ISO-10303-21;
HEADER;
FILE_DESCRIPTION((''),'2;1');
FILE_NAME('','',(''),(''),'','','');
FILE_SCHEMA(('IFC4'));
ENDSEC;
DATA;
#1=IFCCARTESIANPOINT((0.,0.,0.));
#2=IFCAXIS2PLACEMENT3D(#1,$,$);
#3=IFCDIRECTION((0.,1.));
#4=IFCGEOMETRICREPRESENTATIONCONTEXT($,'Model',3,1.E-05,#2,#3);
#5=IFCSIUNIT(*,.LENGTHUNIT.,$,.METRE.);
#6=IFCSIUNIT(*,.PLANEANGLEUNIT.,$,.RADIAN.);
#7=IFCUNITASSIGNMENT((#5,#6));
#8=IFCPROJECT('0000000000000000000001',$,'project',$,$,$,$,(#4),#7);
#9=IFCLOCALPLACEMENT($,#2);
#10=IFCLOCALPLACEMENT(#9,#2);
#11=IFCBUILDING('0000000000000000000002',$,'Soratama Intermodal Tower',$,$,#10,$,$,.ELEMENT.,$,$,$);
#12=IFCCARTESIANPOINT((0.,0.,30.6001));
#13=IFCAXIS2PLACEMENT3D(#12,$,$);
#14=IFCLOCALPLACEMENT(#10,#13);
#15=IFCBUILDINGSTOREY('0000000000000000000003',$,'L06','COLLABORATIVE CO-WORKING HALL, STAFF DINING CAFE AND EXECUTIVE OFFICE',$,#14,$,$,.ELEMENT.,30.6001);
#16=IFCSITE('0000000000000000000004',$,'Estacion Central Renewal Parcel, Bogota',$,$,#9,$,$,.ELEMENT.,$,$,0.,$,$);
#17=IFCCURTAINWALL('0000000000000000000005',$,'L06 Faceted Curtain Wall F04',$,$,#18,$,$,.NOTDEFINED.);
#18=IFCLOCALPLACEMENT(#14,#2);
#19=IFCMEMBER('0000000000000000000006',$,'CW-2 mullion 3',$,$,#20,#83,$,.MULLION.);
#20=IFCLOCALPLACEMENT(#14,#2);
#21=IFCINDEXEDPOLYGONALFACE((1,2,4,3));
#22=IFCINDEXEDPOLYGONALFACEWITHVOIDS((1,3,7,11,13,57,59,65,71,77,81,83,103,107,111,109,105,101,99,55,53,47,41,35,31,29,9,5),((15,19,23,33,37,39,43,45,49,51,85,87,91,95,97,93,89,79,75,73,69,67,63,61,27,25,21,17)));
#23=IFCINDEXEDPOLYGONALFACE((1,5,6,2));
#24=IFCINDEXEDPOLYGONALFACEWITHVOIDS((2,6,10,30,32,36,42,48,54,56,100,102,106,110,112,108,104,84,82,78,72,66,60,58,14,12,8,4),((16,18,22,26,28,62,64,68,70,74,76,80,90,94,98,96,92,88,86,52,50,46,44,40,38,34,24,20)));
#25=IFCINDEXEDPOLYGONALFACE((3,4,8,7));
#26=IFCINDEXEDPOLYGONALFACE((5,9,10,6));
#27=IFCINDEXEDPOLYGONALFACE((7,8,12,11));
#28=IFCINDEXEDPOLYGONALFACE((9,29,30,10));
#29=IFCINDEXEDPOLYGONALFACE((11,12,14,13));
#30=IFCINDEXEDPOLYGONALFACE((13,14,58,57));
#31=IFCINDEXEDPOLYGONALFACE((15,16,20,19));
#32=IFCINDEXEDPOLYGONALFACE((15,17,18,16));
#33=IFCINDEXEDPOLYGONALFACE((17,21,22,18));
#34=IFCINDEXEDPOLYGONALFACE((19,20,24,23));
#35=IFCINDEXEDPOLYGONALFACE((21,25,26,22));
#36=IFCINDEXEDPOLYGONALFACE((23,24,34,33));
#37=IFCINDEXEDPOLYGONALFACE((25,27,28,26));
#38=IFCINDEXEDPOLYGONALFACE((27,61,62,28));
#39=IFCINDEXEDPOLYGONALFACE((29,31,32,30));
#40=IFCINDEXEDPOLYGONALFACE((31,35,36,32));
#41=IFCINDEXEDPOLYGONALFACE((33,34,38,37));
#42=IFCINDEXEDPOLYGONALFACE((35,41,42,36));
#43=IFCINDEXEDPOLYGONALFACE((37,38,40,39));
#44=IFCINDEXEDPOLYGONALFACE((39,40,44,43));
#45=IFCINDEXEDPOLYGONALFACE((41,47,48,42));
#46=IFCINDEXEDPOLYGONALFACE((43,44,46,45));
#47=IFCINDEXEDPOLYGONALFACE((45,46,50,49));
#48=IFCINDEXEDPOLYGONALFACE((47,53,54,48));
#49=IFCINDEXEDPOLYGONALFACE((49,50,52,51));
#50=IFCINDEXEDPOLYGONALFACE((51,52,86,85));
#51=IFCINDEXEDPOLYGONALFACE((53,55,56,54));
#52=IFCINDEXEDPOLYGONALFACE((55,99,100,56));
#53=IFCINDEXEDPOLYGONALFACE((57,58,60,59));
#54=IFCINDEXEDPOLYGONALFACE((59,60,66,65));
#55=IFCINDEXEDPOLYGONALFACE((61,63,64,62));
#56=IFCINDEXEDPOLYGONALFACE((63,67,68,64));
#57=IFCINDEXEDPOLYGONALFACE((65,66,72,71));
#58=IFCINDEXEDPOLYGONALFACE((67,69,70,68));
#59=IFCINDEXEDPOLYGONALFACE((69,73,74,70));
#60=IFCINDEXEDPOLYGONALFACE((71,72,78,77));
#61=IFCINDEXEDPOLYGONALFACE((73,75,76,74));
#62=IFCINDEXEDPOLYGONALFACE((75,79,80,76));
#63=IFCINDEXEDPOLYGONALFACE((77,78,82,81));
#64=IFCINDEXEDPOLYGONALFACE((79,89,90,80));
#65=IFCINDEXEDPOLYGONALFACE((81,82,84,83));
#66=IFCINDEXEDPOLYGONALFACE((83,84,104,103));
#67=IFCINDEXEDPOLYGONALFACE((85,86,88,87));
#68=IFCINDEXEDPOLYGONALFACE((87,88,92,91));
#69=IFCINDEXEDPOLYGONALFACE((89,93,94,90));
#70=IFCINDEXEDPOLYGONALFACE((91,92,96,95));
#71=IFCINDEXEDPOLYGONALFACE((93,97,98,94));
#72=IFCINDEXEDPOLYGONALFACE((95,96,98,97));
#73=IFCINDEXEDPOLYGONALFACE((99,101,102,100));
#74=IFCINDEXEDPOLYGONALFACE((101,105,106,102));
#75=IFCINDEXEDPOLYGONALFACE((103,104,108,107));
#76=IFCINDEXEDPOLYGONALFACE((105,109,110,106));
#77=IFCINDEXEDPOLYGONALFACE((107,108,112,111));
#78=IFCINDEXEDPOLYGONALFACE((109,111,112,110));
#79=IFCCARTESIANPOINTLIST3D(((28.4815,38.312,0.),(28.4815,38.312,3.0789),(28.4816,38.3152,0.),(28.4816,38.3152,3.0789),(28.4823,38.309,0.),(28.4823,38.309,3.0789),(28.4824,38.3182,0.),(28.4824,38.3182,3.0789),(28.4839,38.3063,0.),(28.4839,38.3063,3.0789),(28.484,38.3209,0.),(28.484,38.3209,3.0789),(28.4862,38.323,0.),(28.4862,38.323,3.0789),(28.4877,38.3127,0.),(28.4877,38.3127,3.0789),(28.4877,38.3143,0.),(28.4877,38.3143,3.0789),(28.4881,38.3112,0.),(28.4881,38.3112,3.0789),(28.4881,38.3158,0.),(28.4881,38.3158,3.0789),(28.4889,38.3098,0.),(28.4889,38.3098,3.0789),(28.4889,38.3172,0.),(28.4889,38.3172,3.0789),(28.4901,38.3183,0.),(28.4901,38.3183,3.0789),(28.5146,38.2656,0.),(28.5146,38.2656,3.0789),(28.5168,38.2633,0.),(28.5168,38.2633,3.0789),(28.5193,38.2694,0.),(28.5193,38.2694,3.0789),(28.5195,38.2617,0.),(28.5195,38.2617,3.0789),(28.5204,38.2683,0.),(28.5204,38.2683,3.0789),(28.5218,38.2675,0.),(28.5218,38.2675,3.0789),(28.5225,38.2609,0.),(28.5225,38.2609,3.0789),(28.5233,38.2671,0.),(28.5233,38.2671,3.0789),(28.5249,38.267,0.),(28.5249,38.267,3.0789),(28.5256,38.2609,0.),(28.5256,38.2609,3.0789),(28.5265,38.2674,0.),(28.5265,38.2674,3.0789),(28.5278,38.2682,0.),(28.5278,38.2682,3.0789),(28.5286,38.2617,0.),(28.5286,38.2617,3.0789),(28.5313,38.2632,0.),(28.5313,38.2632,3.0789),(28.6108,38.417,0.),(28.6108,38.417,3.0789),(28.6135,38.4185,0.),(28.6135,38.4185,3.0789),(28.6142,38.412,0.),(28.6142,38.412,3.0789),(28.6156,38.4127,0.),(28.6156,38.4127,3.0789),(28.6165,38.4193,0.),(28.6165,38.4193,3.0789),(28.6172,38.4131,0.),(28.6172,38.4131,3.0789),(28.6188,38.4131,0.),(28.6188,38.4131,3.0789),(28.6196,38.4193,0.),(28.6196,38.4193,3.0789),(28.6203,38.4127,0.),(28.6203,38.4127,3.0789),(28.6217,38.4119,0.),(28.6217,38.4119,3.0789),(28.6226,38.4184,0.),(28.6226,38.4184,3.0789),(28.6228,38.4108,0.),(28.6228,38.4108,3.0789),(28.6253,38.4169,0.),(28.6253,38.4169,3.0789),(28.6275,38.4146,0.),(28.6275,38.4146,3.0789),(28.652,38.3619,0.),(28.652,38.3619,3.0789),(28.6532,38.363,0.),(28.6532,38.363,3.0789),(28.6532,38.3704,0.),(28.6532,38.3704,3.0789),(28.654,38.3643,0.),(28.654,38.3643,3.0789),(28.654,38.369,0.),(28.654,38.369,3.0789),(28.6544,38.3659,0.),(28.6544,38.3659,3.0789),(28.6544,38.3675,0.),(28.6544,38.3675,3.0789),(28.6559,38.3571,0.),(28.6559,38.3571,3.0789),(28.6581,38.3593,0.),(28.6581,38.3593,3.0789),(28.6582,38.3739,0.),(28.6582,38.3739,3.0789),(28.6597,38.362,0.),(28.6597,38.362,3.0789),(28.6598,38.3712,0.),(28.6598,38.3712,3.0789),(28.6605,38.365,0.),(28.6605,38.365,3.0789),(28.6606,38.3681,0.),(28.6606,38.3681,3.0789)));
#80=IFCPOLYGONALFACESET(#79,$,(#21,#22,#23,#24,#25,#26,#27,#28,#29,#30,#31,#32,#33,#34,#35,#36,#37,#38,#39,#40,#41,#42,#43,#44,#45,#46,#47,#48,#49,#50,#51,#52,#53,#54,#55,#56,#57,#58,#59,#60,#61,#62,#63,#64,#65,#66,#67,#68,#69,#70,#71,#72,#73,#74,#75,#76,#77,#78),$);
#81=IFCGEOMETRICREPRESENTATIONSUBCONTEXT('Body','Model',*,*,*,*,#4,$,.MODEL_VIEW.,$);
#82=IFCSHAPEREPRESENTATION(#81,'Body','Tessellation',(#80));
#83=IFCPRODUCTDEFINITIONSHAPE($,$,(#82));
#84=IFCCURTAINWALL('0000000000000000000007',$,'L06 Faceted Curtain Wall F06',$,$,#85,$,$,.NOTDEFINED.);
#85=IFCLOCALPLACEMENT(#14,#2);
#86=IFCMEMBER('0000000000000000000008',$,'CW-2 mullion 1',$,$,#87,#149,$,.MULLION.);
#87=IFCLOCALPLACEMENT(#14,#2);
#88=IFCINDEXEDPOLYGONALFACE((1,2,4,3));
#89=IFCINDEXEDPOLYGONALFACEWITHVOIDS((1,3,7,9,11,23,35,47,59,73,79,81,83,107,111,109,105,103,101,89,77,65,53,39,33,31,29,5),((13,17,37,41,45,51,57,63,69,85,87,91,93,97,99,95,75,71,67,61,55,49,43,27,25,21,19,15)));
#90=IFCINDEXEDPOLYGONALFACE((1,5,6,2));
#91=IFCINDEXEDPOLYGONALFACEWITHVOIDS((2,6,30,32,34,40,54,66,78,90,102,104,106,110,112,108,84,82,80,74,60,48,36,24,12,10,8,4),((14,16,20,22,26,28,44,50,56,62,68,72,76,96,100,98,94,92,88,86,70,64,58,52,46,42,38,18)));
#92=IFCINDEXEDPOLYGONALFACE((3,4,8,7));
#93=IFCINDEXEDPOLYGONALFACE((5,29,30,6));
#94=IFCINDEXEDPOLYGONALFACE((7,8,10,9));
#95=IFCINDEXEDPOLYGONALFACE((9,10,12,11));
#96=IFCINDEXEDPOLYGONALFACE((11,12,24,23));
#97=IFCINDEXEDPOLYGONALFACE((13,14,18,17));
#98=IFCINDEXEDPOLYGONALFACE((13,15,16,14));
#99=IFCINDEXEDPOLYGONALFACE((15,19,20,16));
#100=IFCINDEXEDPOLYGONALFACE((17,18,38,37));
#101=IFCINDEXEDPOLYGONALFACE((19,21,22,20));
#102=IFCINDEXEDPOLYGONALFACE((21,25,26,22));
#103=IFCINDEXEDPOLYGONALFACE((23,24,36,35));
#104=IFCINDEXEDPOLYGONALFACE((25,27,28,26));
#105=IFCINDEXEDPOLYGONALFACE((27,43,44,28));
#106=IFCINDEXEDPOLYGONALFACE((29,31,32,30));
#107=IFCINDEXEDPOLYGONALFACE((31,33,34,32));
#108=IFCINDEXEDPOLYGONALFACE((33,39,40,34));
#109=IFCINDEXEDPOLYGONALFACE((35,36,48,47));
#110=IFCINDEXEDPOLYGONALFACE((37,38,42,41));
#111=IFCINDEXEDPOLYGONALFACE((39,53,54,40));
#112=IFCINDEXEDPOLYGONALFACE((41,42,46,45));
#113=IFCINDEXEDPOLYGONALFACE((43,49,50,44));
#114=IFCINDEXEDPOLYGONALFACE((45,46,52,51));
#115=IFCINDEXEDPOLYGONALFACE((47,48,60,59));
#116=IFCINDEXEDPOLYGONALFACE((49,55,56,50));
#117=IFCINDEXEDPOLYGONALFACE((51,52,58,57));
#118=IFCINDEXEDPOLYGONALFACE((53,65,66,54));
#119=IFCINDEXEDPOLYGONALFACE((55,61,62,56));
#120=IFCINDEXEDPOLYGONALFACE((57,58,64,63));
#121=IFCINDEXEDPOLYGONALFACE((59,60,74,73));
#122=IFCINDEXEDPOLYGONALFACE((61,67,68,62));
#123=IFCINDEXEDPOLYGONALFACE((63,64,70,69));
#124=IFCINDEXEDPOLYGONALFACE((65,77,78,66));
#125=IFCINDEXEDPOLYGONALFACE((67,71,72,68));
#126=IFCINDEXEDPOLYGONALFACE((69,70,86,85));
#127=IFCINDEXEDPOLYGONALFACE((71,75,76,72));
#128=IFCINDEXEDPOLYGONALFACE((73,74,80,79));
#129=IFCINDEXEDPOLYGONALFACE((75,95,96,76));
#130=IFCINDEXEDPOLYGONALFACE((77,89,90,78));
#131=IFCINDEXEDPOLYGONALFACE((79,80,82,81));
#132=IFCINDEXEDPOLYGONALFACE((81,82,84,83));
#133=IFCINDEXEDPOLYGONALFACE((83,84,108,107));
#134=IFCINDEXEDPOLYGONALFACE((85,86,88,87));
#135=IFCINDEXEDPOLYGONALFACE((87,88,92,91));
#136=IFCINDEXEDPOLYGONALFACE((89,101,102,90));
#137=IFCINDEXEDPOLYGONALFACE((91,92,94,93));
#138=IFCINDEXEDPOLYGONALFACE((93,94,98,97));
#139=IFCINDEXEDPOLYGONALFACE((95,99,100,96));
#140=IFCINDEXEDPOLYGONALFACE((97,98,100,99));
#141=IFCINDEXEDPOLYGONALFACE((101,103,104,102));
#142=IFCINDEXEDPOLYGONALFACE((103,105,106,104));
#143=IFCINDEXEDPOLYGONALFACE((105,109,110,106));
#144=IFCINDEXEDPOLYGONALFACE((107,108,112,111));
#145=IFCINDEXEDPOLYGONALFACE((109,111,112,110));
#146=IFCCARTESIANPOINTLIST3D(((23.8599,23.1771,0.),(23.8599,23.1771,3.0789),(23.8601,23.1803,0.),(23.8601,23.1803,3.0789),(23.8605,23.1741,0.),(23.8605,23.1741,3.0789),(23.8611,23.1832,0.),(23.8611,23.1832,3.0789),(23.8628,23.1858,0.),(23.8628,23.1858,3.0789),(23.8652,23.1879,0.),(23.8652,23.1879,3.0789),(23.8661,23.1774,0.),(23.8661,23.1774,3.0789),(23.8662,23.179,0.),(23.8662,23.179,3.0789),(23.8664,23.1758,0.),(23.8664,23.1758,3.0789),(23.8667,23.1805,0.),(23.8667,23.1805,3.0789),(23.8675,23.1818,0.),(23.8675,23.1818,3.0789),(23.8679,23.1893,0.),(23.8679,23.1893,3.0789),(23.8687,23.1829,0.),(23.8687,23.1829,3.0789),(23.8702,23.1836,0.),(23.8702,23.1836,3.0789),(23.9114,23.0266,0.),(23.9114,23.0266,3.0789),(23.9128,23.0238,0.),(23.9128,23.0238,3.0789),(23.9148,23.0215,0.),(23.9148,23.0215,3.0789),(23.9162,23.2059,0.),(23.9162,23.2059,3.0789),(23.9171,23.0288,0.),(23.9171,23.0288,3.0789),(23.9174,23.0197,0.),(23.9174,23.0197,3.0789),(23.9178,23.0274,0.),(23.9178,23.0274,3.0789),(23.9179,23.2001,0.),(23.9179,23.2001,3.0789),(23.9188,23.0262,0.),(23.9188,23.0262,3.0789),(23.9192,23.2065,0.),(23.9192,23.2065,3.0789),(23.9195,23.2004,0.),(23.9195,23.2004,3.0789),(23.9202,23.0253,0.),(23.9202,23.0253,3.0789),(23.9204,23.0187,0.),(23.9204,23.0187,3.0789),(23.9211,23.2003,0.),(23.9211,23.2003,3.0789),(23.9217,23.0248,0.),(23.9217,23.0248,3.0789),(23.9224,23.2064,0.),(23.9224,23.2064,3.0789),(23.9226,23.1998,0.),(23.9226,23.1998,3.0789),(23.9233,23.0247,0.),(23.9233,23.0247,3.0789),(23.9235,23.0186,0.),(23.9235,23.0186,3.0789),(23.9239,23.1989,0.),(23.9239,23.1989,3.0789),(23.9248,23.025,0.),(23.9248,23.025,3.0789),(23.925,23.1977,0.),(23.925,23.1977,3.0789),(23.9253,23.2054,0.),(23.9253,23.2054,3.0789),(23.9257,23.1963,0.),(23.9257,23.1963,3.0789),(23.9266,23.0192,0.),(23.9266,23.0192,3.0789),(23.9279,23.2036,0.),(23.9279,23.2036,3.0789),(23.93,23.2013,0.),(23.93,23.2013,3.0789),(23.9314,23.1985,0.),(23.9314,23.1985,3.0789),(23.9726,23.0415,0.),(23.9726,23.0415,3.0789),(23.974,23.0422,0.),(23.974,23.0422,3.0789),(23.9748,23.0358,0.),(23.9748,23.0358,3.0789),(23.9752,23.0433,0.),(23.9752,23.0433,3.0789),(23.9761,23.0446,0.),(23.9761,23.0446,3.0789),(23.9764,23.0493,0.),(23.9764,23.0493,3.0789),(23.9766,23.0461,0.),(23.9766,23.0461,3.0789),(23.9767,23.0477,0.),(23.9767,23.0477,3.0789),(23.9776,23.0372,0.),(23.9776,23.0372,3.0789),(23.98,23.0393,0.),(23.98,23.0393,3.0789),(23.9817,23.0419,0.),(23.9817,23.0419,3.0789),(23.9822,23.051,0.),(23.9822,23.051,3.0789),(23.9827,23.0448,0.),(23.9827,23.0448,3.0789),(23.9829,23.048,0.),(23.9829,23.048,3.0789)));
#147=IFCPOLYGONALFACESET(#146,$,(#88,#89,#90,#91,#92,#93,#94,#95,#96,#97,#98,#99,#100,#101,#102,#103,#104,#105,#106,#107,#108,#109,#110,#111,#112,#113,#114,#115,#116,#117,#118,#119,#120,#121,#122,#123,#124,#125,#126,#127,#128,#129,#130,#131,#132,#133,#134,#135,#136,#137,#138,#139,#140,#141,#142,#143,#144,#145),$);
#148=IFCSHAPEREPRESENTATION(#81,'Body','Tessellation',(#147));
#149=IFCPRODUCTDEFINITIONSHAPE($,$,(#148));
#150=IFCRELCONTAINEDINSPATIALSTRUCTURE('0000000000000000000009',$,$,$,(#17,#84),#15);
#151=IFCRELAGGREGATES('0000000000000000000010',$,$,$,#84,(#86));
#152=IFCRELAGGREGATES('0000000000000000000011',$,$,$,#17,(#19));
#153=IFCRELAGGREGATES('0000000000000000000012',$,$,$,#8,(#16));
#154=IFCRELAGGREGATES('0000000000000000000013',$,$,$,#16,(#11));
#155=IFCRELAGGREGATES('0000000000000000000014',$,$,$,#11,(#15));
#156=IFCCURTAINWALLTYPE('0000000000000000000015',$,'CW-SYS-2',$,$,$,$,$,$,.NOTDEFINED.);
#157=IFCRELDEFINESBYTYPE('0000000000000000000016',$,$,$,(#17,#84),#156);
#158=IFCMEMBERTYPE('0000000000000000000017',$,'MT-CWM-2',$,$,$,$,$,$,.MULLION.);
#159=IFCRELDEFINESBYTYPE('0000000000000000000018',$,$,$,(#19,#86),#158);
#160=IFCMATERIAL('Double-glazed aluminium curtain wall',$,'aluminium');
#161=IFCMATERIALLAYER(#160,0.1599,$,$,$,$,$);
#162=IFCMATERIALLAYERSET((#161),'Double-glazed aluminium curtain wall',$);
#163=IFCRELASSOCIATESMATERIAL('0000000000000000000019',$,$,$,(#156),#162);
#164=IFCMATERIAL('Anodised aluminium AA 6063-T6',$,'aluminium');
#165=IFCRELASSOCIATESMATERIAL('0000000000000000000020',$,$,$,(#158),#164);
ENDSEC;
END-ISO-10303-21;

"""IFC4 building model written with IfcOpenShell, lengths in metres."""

from ifc_helpers import new_model, si_unit, direction, frame, origin, origin_2d, place, context, subcontext, project, spatial, hollow_rectangle, extrude, material, layer, layer_set, material_profile, profile_set, type_object, element, aggregate, save


model = new_model("IFC4")

# Units and contexts
model_context = context("Model", 3, precision=1e-05, world=origin(), true_north=direction((0.0, 1.0)))
body_context = subcontext(model_context, "Body", "Model", "MODEL_VIEW")
ifc_project = project(units=[si_unit("LENGTHUNIT", "METRE"), si_unit("PLANEANGLEUNIT", "RADIAN")], contexts=[model_context])

# Site, building, storey
site_placement = place(None, origin())
site = spatial("IfcSite", under=ifc_project, at=site_placement, Name="Estacion Central Renewal Parcel, Bogota", CompositionType="ELEMENT", RefElevation=0.0)
building_placement = place(site_placement, origin())
building = spatial("IfcBuilding", under=site, at=building_placement, Name="Soratama Intermodal Tower", CompositionType="ELEMENT")
storey_placement = place(building_placement, frame((0.0, 0.0, 30.6001)))
storey = spatial("IfcBuildingStorey", under=building, at=storey_placement, Name="L06", Description="COLLABORATIVE CO-WORKING HALL, STAFF DINING CAFE AND EXECUTIVE OFFICE", CompositionType="ELEMENT", Elevation=30.6001)

# Curtain wall, member
ifc_material_1 = material(Name="Double-glazed aluminium curtain wall", Category="aluminium")
ifc_layer_1 = layer(ifc_material_1, 0.1599)
ifc_layer_set_1 = layer_set([ifc_layer_1], Name="Double-glazed aluminium curtain wall")
curtain_wall_type = type_object("IfcCurtainWallType", Name="CW-SYS-2", PredefinedType="NOTDEFINED", material=ifc_layer_set_1)
curtain_wall_1_placement = place(storey_placement, origin())
curtain_wall_1 = element("IfcCurtainWall", 1, at=curtain_wall_1_placement, inside=storey, type_object=curtain_wall_type, Name="L06 Faceted Curtain Wall F04", PredefinedType="NOTDEFINED")
ifc_material_2 = material(Name="Anodised aluminium AA 6063-T6", Category="aluminium")
ifc_material_profile_1 = material_profile(ifc_material_2, hollow_rectangle(XDim=0.075, YDim=0.1799, WallThickness=0.0061, InnerFilletRadius=0.0061, OuterFilletRadius=0.012, at=origin_2d()), Name="CWM180X75X6")
ifc_profile_set_1 = profile_set([ifc_material_profile_1], Name="Anodised aluminium AA 6063-T6")
member_type_1 = type_object("IfcMemberType", Name="MT-CWM-2", PredefinedType="MULLION", material=ifc_profile_set_1)
member_1_placement = place(storey_placement, frame((28.571, 38.3401, 0.0), z_axis=(0.0, 0.0, 1.0), x_axis=(0.602091, -0.798428, 0.0)))
member_1 = element("IfcMember", 2, at=member_1_placement, type_object=member_type_1, Name="CW-2 mullion 3", PredefinedType="MULLION", context=body_context, shape_type="SweptSolid", body=[
    extrude(hollow_rectangle(XDim=0.075, YDim=0.1799, WallThickness=0.0061, InnerFilletRadius=0.0061, OuterFilletRadius=0.012, at=origin_2d()), origin(), (0.0, 0.0, 1.0), 3.0789),
])

# Curtain wall, member
curtain_wall_2_placement = place(storey_placement, origin())
curtain_wall_2 = element("IfcCurtainWall", 3, at=curtain_wall_2_placement, inside=storey, type_object=curtain_wall_type, Name="L06 Faceted Curtain Wall F06", PredefinedType="NOTDEFINED")
member_2_placement = place(storey_placement, frame((23.9214, 23.1125, 0.0), z_axis=(0.0, 0.0, 1.0), x_axis=(0.945406, 0.325894, 0.0)))
member_2 = element("IfcMember", 4, at=member_2_placement, type_object=member_type_1, Name="CW-2 mullion 1", PredefinedType="MULLION", context=body_context, shape_type="SweptSolid", body=[
    extrude(hollow_rectangle(XDim=0.075, YDim=0.1799, WallThickness=0.0061, InnerFilletRadius=0.0061, OuterFilletRadius=0.012, at=origin_2d()), origin(), (0.0, 0.0, 1.0), 3.0789),
])
aggregate(curtain_wall_2, [member_2])

aggregate(curtain_wall_1, [member_1])

save(model, "model.ifc")
